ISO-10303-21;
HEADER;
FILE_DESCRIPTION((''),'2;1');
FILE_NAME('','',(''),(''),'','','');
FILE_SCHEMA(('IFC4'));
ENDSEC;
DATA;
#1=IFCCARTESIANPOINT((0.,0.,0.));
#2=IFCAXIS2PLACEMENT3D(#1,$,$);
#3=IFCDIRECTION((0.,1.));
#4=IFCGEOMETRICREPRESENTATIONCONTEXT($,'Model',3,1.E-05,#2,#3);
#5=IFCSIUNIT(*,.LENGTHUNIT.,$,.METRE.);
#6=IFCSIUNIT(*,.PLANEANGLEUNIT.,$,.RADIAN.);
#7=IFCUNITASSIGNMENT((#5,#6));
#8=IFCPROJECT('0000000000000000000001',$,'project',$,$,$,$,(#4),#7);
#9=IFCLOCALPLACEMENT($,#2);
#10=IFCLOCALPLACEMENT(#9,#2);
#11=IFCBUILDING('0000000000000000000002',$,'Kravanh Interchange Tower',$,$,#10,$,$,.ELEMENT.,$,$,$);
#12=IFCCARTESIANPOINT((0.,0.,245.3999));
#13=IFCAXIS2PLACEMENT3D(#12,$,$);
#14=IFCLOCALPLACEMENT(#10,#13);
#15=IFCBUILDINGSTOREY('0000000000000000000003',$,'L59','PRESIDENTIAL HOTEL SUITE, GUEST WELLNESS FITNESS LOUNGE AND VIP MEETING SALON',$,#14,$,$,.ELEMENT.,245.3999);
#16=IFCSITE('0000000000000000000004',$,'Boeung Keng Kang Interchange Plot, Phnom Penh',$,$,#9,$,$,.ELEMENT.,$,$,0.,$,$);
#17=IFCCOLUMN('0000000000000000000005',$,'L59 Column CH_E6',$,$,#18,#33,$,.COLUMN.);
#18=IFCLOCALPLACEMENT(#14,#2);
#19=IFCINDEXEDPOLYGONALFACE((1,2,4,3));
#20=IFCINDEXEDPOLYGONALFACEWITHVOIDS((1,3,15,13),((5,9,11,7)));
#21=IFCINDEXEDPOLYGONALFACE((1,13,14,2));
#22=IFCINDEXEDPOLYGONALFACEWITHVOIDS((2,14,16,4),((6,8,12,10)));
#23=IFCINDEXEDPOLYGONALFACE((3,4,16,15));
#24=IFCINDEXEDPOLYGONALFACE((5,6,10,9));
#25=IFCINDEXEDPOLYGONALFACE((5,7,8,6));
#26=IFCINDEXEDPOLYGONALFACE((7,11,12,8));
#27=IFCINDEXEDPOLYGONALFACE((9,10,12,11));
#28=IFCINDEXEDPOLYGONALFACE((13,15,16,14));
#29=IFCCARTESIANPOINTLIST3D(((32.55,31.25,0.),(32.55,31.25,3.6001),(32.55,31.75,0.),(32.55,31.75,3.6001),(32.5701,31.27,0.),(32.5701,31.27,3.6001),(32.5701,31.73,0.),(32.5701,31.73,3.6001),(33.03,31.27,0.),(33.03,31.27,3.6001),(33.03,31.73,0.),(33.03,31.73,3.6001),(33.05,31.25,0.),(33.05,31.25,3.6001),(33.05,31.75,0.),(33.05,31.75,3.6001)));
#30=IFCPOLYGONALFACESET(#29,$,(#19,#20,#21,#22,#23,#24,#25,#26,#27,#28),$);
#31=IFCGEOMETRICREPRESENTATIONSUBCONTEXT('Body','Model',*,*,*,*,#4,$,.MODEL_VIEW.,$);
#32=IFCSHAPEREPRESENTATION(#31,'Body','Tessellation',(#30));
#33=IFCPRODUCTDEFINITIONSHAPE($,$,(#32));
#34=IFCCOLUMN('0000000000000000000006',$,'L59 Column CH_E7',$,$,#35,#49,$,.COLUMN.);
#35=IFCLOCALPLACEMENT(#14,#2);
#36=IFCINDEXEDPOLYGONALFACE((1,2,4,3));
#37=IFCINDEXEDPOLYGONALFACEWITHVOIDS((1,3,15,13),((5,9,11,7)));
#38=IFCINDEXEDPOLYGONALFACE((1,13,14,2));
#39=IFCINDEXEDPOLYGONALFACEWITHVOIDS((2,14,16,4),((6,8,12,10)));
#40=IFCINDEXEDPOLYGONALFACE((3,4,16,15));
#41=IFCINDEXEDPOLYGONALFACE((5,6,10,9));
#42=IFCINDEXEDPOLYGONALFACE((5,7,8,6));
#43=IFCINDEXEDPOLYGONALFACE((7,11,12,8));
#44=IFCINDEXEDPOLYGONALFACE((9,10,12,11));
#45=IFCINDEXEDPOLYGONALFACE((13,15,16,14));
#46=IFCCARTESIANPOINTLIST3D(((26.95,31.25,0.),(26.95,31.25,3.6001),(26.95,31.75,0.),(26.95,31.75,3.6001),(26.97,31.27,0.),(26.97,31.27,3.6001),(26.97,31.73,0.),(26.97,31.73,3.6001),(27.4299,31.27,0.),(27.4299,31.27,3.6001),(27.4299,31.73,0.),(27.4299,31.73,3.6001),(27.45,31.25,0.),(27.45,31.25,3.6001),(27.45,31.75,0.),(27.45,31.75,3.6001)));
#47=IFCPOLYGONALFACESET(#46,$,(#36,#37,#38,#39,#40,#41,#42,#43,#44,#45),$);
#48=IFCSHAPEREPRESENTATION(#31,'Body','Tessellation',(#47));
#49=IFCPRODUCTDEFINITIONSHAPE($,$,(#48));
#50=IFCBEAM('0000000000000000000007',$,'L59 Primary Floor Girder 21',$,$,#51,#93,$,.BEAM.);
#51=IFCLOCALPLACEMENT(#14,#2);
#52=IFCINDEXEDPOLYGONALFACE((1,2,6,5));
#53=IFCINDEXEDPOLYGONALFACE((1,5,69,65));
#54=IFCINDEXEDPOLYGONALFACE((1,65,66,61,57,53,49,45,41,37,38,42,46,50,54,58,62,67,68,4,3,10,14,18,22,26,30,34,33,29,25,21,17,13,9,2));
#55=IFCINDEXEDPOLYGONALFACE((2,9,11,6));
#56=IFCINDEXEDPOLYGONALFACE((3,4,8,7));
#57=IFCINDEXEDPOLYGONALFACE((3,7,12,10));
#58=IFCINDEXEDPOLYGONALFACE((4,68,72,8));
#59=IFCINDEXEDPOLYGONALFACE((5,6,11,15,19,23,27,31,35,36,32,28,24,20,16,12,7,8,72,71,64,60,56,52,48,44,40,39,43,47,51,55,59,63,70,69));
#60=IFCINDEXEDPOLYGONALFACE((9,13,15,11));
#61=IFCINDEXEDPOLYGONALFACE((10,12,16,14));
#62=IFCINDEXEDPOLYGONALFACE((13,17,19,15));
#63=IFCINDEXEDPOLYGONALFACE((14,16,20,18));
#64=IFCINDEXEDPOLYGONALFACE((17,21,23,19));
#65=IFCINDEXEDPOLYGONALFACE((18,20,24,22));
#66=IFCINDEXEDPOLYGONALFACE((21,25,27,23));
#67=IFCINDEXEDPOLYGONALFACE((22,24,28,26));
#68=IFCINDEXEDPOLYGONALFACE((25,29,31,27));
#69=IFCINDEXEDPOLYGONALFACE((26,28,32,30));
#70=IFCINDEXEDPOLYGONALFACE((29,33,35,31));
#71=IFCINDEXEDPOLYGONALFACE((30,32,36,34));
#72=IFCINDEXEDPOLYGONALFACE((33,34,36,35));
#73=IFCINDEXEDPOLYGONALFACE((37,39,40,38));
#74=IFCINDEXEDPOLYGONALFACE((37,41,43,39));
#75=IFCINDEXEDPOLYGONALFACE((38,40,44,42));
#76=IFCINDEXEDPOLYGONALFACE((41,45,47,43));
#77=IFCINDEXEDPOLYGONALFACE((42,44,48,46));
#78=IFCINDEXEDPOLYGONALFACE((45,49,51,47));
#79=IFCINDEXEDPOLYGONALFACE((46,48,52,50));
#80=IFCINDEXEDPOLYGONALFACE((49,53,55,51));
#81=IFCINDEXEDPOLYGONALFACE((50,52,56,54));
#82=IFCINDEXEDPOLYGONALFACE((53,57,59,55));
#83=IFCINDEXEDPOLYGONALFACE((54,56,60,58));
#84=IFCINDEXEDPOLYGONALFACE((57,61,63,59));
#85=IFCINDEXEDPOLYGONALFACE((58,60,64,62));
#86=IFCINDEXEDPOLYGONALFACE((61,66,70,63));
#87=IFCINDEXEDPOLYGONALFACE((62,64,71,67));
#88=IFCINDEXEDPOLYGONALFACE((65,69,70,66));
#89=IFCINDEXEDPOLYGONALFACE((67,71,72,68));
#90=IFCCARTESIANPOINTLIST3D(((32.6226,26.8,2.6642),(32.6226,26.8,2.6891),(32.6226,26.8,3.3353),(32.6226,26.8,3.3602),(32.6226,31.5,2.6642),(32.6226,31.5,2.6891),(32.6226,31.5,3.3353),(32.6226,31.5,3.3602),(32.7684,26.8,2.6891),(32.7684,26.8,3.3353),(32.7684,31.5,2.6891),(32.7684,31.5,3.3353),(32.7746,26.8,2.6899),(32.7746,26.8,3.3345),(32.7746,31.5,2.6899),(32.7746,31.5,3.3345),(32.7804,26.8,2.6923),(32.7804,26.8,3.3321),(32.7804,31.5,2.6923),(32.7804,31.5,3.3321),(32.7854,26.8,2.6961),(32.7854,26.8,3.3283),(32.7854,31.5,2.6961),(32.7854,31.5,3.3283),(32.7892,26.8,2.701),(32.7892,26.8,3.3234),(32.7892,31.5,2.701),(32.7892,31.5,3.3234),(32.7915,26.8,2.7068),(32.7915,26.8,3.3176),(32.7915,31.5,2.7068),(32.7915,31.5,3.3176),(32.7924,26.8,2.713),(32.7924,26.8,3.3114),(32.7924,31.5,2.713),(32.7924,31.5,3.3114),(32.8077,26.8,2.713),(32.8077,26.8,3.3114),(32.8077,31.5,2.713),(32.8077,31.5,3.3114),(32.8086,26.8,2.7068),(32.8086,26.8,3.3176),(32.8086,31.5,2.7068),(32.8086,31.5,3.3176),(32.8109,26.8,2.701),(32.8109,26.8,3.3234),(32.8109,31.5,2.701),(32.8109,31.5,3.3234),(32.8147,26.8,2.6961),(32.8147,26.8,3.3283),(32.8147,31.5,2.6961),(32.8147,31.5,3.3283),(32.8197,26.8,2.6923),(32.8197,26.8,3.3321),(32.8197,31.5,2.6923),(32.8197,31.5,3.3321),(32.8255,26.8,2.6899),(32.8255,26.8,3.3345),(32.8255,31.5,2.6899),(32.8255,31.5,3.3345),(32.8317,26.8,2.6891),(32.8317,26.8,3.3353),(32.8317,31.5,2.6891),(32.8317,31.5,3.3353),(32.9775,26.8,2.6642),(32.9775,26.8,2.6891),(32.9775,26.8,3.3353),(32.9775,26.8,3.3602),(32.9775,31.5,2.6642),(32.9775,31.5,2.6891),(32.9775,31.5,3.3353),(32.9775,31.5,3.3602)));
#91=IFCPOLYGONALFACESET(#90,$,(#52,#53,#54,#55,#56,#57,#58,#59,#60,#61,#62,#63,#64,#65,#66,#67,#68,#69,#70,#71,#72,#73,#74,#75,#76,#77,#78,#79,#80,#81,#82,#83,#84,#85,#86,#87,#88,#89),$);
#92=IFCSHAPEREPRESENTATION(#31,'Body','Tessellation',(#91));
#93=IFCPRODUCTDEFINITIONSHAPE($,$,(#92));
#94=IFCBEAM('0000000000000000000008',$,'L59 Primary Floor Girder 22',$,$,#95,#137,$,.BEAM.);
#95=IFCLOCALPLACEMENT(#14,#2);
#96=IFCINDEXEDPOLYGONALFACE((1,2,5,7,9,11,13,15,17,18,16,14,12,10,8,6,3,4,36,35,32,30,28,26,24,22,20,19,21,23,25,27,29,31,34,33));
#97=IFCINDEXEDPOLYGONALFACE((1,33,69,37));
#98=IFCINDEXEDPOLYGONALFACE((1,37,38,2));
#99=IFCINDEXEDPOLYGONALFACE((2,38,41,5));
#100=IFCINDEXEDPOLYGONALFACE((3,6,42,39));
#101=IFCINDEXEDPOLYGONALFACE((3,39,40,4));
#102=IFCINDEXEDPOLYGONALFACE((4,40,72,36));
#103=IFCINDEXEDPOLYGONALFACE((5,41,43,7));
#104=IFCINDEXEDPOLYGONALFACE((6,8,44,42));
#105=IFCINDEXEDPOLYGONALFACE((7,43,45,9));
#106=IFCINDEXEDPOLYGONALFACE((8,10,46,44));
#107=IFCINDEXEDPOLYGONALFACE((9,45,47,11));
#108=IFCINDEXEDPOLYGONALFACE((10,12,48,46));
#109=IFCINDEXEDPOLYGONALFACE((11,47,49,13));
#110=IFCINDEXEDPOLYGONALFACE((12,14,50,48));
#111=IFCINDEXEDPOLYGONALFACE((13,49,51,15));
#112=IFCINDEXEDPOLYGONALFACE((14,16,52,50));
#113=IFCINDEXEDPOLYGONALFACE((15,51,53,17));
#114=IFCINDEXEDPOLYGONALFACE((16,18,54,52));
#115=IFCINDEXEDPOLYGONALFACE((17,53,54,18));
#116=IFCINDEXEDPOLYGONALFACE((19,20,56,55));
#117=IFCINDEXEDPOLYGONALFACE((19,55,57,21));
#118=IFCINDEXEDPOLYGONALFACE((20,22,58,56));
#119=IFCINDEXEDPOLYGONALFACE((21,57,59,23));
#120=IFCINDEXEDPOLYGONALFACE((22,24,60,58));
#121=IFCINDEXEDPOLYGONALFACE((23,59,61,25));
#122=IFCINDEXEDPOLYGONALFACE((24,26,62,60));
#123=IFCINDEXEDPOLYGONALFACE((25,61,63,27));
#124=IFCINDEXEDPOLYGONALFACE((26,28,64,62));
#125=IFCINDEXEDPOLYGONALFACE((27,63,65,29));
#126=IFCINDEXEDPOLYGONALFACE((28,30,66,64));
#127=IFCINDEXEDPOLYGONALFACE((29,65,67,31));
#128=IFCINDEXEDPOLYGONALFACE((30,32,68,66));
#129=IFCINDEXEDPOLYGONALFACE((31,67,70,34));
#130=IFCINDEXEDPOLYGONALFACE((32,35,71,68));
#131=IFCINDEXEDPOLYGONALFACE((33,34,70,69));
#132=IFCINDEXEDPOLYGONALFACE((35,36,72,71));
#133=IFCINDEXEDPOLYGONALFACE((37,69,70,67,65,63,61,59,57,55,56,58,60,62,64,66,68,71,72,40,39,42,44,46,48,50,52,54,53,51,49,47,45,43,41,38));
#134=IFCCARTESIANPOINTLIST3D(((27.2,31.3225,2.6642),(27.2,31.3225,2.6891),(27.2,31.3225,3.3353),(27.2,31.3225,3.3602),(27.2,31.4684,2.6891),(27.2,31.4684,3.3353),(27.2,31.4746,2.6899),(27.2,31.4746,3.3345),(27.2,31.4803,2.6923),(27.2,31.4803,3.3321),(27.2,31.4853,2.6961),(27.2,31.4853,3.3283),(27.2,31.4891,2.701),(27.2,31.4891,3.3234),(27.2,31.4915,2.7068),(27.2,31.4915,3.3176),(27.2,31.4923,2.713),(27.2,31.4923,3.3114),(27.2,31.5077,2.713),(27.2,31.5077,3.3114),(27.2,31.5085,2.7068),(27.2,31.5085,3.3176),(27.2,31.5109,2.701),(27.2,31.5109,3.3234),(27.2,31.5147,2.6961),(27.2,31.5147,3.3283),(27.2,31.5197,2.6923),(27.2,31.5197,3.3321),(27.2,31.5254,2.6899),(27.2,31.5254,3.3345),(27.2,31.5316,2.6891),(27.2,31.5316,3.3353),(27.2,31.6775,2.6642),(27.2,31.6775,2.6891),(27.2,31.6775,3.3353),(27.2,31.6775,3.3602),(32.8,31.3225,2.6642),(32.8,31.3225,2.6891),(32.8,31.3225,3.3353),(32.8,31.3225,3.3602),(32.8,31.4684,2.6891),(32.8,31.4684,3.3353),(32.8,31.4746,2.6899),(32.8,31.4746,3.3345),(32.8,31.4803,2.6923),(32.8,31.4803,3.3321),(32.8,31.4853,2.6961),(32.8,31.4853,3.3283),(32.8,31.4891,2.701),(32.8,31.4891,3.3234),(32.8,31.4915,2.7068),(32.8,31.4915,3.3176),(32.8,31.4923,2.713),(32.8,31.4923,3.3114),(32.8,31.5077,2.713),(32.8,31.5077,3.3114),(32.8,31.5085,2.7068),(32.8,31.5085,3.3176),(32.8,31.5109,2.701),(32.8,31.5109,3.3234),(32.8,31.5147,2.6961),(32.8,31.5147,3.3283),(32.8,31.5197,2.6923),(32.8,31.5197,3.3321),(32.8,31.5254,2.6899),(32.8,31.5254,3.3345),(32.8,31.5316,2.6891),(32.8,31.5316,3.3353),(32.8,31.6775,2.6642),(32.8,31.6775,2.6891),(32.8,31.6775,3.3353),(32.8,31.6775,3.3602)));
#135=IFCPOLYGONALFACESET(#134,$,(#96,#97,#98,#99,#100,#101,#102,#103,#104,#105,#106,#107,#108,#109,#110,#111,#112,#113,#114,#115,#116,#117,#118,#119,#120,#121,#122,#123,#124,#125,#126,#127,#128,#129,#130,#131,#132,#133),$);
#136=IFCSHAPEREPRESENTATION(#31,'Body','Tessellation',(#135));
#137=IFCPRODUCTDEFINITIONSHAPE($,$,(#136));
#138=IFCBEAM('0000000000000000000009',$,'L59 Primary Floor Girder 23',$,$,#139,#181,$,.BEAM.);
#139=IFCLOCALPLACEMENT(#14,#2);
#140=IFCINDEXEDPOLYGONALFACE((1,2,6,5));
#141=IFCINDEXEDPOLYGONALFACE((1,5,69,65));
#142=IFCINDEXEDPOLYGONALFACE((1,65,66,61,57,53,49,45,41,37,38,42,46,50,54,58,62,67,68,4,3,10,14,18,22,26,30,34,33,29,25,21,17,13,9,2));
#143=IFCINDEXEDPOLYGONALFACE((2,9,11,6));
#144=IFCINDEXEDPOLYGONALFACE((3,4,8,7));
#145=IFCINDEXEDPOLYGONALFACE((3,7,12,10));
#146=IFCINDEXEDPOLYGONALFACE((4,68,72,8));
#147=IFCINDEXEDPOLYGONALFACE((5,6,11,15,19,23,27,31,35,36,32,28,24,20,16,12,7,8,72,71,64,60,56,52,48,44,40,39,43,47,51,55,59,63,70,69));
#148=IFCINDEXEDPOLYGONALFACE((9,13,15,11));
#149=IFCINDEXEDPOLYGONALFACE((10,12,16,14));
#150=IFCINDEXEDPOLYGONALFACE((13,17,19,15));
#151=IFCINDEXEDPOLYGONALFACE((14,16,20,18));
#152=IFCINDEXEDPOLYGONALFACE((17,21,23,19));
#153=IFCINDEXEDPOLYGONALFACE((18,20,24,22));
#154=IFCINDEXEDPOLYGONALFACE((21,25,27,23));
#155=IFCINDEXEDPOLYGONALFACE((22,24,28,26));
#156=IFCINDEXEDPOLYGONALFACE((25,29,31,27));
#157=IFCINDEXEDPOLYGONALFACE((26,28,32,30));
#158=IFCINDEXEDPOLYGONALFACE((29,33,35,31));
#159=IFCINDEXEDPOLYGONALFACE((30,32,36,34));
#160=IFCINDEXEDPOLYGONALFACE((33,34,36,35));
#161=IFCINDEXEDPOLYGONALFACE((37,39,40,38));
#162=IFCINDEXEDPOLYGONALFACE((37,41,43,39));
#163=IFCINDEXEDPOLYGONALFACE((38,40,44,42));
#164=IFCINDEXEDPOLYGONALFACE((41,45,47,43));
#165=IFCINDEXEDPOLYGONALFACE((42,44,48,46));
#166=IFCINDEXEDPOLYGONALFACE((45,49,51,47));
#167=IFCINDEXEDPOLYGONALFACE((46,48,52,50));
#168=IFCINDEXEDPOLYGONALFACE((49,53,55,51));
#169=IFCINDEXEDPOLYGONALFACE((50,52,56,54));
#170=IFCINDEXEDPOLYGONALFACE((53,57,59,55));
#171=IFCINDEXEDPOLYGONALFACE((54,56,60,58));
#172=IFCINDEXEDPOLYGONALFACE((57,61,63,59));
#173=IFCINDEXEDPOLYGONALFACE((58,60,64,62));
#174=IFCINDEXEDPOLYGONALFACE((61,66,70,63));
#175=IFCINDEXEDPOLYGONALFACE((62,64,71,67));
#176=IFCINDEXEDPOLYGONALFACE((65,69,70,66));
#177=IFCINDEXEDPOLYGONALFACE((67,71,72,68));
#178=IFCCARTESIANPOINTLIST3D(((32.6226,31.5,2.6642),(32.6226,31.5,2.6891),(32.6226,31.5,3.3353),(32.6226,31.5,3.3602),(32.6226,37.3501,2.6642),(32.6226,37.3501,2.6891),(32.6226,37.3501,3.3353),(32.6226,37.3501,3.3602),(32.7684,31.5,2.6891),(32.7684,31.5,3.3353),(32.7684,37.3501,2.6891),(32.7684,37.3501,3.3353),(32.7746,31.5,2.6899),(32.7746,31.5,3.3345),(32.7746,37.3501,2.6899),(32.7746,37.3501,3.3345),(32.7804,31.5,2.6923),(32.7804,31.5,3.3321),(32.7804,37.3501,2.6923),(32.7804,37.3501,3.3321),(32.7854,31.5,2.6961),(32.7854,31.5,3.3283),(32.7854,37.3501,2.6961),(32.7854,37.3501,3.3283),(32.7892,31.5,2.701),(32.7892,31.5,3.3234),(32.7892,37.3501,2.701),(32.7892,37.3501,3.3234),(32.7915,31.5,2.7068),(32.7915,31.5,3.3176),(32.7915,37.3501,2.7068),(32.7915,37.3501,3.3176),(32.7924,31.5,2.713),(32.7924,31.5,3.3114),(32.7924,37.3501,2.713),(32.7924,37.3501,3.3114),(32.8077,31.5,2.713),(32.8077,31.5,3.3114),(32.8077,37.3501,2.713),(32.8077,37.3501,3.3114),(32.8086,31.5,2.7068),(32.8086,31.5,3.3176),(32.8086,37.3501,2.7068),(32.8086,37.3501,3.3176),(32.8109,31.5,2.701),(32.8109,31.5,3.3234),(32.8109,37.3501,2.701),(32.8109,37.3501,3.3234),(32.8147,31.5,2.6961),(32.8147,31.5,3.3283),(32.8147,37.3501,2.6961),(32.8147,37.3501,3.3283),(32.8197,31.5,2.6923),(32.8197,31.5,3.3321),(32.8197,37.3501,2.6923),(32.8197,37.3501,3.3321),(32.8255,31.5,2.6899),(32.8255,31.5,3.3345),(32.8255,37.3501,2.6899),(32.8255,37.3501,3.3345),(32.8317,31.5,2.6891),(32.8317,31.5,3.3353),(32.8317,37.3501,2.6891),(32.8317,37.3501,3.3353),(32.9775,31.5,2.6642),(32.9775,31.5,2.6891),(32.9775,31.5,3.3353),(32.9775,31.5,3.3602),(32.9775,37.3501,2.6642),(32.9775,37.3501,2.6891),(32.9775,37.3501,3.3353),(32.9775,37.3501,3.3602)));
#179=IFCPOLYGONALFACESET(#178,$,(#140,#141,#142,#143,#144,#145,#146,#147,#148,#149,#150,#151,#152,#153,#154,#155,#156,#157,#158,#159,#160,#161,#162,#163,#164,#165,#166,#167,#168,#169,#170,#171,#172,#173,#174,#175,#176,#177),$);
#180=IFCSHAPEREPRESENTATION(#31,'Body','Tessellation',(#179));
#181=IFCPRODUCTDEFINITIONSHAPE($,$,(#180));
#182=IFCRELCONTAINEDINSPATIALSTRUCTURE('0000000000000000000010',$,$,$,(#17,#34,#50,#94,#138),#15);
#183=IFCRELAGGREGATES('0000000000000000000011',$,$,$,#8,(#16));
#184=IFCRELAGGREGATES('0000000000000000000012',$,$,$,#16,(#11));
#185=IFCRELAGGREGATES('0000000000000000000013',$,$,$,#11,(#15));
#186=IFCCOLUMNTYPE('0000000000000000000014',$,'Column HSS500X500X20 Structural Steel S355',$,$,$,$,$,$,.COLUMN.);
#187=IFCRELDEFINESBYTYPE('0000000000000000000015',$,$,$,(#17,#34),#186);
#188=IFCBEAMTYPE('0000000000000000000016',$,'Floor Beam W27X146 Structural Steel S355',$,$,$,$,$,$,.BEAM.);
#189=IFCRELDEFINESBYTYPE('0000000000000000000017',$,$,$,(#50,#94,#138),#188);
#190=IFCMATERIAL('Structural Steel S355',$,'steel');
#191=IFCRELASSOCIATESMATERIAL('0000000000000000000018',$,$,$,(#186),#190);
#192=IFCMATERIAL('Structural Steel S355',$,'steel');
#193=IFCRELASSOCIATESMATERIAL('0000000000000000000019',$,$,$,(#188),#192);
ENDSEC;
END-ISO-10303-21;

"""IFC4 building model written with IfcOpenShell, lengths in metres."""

from ifc_helpers import new_model, si_unit, direction, frame, origin, origin_2d, place, context, subcontext, project, spatial, hollow_rectangle, i_section, extrude, material, material_profile, profile_set, type_object, element, save


model = new_model("IFC4")

# Units and contexts
model_context = context("Model", 3, precision=1e-05, world=origin(), true_north=direction((0.0, 1.0)))
body_context = subcontext(model_context, "Body", "Model", "MODEL_VIEW")
ifc_project = project(units=[si_unit("LENGTHUNIT", "METRE"), si_unit("PLANEANGLEUNIT", "RADIAN")], contexts=[model_context])

# Site, building, storey
site_placement = place(None, origin())
site = spatial("IfcSite", under=ifc_project, at=site_placement, Name="Boeung Keng Kang Interchange Plot, Phnom Penh", CompositionType="ELEMENT", RefElevation=0.0)
building_placement = place(site_placement, origin())
building = spatial("IfcBuilding", under=site, at=building_placement, Name="Kravanh Interchange Tower", CompositionType="ELEMENT")
storey_placement = place(building_placement, frame((0.0, 0.0, 245.3999)))
storey = spatial("IfcBuildingStorey", under=building, at=storey_placement, Name="L59", Description="PRESIDENTIAL HOTEL SUITE, GUEST WELLNESS FITNESS LOUNGE AND VIP MEETING SALON", CompositionType="ELEMENT", Elevation=245.3999)

# Columns
ifc_material_1 = material(Name="Structural Steel S355", Category="steel")
ifc_material_profile_1 = material_profile(ifc_material_1, hollow_rectangle(XDim=0.5, YDim=0.5, WallThickness=0.02, at=origin_2d()), Name="HSS500X500X20")
ifc_profile_set_1 = profile_set([ifc_material_profile_1], Name="Structural Steel S355")
column_type = type_object("IfcColumnType", Name="Column HSS500X500X20 Structural Steel S355", PredefinedType="COLUMN", material=ifc_profile_set_1)
for number, where, z_axis, x_axis, name in (
    (1, (32.8, 31.5, 0.0), (0.0, 0.0, 1.0), (1.0, 0.0, 0.0), "L59 Column CH_E6"),
    (2, (27.2, 31.5, 0.0), (0.0, 0.0, 1.0), (1.0, 0.0, 0.0), "L59 Column CH_E7"),
):
    element("IfcColumn", number, at=place(storey_placement, frame(where, z_axis=z_axis, x_axis=x_axis)), inside=storey, type_object=column_type, Name=name, PredefinedType="COLUMN", context=body_context, shape_type="SweptSolid", body=[
        extrude(hollow_rectangle(XDim=0.5, YDim=0.5, WallThickness=0.02, at=origin_2d()), origin(), (0.0, 0.0, 1.0), 3.6001),
    ])

# Beams
ifc_material_2 = material(Name="Structural Steel S355", Category="steel")
ifc_material_profile_2 = material_profile(ifc_material_2, i_section(OverallWidth=0.355, OverallDepth=0.696, WebThickness=0.0154, FlangeThickness=0.0249, FilletRadius=0.0239, at=origin_2d()), Name="W27X146")
ifc_profile_set_2 = profile_set([ifc_material_profile_2], Name="Structural Steel S355")
beam_type_1 = type_object("IfcBeamType", Name="Floor Beam W27X146 Structural Steel S355", PredefinedType="BEAM", material=ifc_profile_set_2)
beam_1_placement = place(storey_placement, frame((32.8, 31.5, 3.0122), z_axis=(0.0, -1.0, 0.0), x_axis=(1.0, 0.0, 0.0)))
element("IfcBeam", 3, at=beam_1_placement, inside=storey, type_object=beam_type_1, Name="L59 Primary Floor Girder 21", PredefinedType="BEAM", context=body_context, shape_type="SweptSolid", body=[
    extrude(i_section(OverallWidth=0.355, OverallDepth=0.696, WebThickness=0.0154, FlangeThickness=0.0249, FilletRadius=0.0239, at=origin_2d()), origin(), (0.0, 0.0, 1.0), 4.7),
])
beam_2_placement = place(storey_placement, frame((32.8, 31.5, 3.0122), z_axis=(-1.0, 0.0, 0.0), x_axis=(0.0, -1.0, 0.0)))
element("IfcBeam", 4, at=beam_2_placement, inside=storey, type_object=beam_type_1, Name="L59 Primary Floor Girder 22", PredefinedType="BEAM", context=body_context, shape_type="SweptSolid", body=[
    extrude(i_section(OverallWidth=0.355, OverallDepth=0.696, WebThickness=0.0154, FlangeThickness=0.0249, FilletRadius=0.0239, at=origin_2d()), origin(), (0.0, 0.0, 1.0), 5.6001),
])
beam_3_placement = place(storey_placement, frame((32.8, 31.5, 3.0122), z_axis=(0.0, 1.0, 0.0), x_axis=(-1.0, 0.0, 0.0)))
element("IfcBeam", 5, at=beam_3_placement, inside=storey, type_object=beam_type_1, Name="L59 Primary Floor Girder 23", PredefinedType="BEAM", context=body_context, shape_type="SweptSolid", body=[
    extrude(i_section(OverallWidth=0.355, OverallDepth=0.696, WebThickness=0.0154, FlangeThickness=0.0249, FilletRadius=0.0239, at=origin_2d()), origin(), (0.0, 0.0, 1.0), 5.8501),
])

save(model, "model.ifc")
